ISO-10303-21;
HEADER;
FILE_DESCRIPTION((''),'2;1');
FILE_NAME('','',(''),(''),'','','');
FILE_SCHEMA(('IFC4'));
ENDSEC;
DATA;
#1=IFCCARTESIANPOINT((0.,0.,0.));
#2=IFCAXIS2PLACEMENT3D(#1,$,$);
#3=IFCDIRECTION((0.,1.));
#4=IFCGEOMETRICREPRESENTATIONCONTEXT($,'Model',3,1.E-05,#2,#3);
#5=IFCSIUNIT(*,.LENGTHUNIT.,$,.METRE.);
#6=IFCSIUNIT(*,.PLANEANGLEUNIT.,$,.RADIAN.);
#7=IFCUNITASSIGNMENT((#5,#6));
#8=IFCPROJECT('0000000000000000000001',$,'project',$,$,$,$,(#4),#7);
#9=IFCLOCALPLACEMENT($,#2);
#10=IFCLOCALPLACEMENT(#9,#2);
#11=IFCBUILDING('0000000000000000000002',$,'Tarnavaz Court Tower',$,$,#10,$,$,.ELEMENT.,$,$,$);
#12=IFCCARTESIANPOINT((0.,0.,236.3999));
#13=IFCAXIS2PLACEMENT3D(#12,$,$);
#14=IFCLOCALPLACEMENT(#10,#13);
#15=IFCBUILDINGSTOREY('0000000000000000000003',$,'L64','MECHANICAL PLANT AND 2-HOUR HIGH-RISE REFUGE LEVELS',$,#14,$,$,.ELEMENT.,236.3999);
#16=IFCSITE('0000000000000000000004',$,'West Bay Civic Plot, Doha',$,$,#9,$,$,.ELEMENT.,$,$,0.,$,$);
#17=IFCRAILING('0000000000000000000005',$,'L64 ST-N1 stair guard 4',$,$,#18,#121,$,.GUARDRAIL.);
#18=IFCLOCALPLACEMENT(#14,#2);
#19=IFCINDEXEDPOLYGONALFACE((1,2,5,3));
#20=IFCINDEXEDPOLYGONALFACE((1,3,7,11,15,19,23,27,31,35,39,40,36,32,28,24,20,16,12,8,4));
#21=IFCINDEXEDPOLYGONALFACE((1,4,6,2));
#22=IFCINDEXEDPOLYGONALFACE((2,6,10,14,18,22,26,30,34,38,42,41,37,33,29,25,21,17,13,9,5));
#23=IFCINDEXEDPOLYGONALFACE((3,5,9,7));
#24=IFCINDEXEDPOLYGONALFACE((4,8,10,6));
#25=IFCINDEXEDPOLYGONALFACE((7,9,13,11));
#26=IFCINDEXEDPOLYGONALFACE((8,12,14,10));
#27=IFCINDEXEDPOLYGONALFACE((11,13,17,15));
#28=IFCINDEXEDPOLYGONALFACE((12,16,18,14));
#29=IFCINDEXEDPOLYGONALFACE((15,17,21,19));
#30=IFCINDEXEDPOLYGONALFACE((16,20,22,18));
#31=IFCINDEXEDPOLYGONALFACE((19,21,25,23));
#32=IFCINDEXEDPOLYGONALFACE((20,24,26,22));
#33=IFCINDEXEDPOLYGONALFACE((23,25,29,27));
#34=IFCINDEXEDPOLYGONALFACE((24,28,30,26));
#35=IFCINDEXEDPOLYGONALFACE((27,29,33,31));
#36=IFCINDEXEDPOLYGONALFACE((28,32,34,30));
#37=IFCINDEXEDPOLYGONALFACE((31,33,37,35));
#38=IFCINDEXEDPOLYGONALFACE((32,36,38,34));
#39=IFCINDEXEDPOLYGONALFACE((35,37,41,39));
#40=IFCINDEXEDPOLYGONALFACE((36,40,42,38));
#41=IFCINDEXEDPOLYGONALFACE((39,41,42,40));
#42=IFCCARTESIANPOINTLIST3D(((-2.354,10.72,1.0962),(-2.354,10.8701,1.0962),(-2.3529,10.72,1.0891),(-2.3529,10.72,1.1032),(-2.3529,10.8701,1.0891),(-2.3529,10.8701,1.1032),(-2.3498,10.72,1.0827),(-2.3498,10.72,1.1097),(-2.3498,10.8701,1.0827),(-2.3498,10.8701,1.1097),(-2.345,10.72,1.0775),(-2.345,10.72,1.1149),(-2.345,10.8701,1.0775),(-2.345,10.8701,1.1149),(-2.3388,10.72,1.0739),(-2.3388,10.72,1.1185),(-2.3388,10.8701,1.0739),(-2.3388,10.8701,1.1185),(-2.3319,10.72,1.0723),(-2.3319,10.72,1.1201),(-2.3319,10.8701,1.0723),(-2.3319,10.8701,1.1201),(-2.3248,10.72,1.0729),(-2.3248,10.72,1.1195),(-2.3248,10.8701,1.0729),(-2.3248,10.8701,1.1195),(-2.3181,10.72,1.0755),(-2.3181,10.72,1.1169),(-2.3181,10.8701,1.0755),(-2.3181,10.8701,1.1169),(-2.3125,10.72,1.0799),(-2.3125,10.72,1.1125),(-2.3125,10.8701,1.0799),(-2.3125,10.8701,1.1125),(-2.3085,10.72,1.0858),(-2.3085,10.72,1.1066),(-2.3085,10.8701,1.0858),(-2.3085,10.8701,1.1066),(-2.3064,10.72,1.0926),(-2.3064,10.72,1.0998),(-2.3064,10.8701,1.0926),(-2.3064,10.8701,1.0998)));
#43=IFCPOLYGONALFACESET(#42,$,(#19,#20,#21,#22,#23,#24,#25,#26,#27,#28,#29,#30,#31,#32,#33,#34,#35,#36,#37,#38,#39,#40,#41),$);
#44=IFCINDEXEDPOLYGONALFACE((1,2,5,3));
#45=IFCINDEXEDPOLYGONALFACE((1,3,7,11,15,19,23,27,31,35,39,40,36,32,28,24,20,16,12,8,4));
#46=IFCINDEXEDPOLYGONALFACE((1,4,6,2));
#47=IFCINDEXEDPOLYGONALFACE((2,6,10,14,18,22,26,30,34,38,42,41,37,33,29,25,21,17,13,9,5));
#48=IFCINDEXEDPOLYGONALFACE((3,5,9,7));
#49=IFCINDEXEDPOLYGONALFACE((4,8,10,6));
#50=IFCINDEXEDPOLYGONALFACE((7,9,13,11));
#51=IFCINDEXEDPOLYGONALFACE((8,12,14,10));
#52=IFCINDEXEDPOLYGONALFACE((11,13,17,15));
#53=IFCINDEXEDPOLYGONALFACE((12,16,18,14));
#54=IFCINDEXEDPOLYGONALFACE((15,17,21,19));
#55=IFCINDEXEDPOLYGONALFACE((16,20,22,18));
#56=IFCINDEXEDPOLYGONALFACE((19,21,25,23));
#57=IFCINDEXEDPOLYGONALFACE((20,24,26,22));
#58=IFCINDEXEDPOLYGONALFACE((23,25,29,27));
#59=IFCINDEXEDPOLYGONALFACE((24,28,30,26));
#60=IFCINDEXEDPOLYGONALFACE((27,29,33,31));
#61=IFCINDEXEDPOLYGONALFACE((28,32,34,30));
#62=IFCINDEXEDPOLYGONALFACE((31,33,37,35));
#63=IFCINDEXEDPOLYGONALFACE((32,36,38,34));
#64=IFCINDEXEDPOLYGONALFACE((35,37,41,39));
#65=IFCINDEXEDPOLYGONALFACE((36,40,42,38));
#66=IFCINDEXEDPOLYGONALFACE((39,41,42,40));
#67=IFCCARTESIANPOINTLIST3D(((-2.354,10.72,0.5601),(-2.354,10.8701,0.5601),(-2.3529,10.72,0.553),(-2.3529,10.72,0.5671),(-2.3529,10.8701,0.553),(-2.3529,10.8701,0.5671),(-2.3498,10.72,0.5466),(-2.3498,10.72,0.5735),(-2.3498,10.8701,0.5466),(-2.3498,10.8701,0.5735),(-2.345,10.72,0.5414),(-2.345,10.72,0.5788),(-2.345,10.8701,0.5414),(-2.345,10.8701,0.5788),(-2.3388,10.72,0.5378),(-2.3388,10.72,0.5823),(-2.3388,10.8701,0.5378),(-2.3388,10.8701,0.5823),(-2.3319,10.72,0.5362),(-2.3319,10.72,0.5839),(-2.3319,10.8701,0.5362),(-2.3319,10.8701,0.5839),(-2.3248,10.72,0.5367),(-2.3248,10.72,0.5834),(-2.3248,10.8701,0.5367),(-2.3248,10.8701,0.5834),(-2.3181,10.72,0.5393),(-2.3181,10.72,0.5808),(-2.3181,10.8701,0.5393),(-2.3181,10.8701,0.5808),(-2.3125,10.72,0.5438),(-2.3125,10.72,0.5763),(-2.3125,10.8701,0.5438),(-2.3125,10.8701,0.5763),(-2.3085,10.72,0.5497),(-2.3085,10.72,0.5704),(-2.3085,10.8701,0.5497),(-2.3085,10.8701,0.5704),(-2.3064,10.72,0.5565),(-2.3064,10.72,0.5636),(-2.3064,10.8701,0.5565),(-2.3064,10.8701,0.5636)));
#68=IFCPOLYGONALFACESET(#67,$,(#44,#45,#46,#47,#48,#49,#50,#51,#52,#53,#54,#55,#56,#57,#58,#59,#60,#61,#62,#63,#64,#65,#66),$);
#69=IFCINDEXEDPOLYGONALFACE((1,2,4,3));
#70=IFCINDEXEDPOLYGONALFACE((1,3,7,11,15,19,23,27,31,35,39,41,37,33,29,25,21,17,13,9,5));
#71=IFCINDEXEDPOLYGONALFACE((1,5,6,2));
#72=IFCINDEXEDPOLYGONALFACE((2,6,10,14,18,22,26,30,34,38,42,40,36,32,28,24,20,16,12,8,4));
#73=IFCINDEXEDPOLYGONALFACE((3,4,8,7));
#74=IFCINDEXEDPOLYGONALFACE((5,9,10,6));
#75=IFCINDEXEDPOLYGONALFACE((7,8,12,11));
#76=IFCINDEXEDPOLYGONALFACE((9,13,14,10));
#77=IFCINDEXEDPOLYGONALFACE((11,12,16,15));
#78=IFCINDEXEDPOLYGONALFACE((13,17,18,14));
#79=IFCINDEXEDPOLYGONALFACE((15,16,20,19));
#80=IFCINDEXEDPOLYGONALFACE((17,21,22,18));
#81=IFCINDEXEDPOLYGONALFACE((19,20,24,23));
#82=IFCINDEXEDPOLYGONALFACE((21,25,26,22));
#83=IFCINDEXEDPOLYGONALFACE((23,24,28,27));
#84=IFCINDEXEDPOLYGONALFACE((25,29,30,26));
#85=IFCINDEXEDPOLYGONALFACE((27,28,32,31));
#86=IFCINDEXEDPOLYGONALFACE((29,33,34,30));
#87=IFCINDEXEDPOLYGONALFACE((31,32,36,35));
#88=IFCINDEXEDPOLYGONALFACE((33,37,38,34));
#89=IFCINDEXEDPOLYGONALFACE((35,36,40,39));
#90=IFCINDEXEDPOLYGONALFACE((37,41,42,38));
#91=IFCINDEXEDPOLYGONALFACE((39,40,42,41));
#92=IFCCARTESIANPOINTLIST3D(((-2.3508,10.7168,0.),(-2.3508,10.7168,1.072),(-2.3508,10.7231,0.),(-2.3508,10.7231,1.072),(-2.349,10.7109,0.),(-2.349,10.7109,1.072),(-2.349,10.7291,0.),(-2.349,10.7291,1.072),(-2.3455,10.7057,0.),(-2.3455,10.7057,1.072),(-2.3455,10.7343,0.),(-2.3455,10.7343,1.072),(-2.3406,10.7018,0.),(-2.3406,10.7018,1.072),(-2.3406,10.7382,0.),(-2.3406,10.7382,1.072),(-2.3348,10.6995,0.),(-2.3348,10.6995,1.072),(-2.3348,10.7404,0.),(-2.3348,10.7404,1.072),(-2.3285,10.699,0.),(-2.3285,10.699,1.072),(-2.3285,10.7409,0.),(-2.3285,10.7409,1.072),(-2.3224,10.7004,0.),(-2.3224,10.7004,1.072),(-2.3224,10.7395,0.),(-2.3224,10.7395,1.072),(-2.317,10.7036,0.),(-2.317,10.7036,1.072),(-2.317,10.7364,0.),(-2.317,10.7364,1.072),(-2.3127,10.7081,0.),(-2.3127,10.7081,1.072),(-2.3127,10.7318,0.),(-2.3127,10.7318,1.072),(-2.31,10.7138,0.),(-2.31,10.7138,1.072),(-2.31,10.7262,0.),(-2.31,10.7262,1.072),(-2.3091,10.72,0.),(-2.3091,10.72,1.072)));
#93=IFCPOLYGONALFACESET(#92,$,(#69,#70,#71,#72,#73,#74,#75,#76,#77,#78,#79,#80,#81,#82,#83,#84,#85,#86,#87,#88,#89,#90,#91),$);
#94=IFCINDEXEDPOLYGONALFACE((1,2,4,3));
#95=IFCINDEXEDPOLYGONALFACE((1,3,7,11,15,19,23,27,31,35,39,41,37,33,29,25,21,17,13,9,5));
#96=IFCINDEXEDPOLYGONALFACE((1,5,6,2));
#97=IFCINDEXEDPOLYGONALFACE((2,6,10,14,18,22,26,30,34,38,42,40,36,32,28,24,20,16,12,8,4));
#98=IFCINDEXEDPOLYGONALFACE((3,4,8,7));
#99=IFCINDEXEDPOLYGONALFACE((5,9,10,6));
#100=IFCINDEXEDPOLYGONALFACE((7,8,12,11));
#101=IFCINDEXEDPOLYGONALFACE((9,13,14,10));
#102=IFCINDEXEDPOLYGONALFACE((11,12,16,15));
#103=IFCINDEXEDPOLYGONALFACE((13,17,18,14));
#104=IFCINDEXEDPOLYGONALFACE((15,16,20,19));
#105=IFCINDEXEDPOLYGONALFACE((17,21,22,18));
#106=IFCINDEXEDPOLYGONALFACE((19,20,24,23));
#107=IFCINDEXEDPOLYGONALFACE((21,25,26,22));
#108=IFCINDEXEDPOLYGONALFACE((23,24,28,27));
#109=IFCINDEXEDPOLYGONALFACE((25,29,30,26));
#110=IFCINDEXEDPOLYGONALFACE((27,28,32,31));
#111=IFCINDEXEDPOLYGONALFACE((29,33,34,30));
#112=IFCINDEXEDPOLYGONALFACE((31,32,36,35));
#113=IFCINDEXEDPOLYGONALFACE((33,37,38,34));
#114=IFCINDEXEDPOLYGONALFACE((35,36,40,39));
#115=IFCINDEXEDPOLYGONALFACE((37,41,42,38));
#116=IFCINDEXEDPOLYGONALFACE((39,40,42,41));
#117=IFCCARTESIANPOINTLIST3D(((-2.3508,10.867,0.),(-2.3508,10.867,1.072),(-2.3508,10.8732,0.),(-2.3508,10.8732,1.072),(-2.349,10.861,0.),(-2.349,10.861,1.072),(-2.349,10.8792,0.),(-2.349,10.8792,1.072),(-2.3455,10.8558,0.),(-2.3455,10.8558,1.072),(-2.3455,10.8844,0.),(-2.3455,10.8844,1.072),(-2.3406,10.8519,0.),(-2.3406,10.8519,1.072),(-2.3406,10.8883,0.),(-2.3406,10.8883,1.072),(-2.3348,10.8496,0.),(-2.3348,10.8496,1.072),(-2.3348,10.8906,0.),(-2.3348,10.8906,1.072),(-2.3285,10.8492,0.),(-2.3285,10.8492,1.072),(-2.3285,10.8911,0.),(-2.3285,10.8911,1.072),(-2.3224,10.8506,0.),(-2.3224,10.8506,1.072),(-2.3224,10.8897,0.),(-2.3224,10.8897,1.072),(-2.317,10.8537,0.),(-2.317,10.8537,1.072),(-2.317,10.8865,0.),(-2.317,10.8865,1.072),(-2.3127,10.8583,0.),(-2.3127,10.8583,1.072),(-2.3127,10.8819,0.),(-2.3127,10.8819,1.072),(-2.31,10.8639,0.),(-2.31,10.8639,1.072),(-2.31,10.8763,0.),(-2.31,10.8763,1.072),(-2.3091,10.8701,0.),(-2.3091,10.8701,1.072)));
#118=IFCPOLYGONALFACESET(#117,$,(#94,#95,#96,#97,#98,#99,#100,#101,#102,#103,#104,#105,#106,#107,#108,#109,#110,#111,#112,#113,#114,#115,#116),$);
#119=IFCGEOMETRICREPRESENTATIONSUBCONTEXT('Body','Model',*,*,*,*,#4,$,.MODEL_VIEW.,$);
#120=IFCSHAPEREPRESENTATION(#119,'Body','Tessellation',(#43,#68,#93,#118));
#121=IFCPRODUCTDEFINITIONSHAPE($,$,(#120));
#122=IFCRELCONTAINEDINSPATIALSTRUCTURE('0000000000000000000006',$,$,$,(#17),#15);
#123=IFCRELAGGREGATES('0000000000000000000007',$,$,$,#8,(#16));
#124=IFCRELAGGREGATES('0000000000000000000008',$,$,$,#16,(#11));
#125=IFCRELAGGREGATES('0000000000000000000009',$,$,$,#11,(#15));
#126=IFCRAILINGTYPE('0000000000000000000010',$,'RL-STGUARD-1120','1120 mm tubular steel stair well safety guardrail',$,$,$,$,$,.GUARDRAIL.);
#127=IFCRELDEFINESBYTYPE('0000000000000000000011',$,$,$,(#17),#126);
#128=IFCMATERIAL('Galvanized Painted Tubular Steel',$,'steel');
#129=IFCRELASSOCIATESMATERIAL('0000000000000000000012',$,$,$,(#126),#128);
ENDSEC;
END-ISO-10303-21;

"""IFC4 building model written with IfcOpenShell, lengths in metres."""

from ifc_helpers import new_model, si_unit, direction, frame, origin, origin_2d, place, context, subcontext, project, spatial, circle, extrude, material, type_object, element, save


model = new_model("IFC4")

# Units and contexts
model_context = context("Model", 3, precision=1e-05, world=origin(), true_north=direction((0.0, 1.0)))
body_context = subcontext(model_context, "Body", "Model", "MODEL_VIEW")
ifc_project = project(units=[si_unit("LENGTHUNIT", "METRE"), si_unit("PLANEANGLEUNIT", "RADIAN")], contexts=[model_context])

# Site, building, storey
site_placement = place(None, origin())
site = spatial("IfcSite", under=ifc_project, at=site_placement, Name="West Bay Civic Plot, Doha", CompositionType="ELEMENT", RefElevation=0.0)
building_placement = place(site_placement, origin())
building = spatial("IfcBuilding", under=site, at=building_placement, Name="Tarnavaz Court Tower", CompositionType="ELEMENT")
storey_placement = place(building_placement, frame((0.0, 0.0, 236.3999)))
storey = spatial("IfcBuildingStorey", under=building, at=storey_placement, Name="L64", Description="MECHANICAL PLANT AND 2-HOUR HIGH-RISE REFUGE LEVELS", CompositionType="ELEMENT", Elevation=236.3999)

# Railing
ifc_material_1 = material(Name="Galvanized Painted Tubular Steel", Category="steel")
railing_type_1 = type_object("IfcRailingType", Name="RL-STGUARD-1120", Description="1120 mm tubular steel stair well safety guardrail", PredefinedType="GUARDRAIL", material=ifc_material_1)
railing_1_placement = place(storey_placement, frame((-2.3301, 10.72, 0.0)))
element("IfcRailing", 1, at=railing_1_placement, inside=storey, type_object=railing_type_1, Name="L64 ST-N1 stair guard 4", PredefinedType="GUARDRAIL", context=body_context, shape_type="SweptSolid", body=[
    extrude(circle(Radius=0.0239, at=origin_2d()), frame((0.0, 0.0, 1.0962), z_axis=(0.0, 1.0, 0.0), x_axis=(-1.0, 0.0, 0.0)), (0.0, 0.0, 1.0), 0.1501),
    extrude(circle(Radius=0.0239, at=origin_2d()), frame((0.0, 0.0, 0.5601), z_axis=(0.0, 1.0, 0.0), x_axis=(-1.0, 0.0, 0.0)), (0.0, 0.0, 1.0), 0.1501),
    extrude(circle(Radius=0.021, at=origin_2d()), origin(), (0.0, 0.0, 1.0), 1.072),
    extrude(circle(Radius=0.021, at=origin_2d()), frame((0.0, 0.1501, 0.0)), (0.0, 0.0, 1.0), 1.072),
])

save(model, "model.ifc")
